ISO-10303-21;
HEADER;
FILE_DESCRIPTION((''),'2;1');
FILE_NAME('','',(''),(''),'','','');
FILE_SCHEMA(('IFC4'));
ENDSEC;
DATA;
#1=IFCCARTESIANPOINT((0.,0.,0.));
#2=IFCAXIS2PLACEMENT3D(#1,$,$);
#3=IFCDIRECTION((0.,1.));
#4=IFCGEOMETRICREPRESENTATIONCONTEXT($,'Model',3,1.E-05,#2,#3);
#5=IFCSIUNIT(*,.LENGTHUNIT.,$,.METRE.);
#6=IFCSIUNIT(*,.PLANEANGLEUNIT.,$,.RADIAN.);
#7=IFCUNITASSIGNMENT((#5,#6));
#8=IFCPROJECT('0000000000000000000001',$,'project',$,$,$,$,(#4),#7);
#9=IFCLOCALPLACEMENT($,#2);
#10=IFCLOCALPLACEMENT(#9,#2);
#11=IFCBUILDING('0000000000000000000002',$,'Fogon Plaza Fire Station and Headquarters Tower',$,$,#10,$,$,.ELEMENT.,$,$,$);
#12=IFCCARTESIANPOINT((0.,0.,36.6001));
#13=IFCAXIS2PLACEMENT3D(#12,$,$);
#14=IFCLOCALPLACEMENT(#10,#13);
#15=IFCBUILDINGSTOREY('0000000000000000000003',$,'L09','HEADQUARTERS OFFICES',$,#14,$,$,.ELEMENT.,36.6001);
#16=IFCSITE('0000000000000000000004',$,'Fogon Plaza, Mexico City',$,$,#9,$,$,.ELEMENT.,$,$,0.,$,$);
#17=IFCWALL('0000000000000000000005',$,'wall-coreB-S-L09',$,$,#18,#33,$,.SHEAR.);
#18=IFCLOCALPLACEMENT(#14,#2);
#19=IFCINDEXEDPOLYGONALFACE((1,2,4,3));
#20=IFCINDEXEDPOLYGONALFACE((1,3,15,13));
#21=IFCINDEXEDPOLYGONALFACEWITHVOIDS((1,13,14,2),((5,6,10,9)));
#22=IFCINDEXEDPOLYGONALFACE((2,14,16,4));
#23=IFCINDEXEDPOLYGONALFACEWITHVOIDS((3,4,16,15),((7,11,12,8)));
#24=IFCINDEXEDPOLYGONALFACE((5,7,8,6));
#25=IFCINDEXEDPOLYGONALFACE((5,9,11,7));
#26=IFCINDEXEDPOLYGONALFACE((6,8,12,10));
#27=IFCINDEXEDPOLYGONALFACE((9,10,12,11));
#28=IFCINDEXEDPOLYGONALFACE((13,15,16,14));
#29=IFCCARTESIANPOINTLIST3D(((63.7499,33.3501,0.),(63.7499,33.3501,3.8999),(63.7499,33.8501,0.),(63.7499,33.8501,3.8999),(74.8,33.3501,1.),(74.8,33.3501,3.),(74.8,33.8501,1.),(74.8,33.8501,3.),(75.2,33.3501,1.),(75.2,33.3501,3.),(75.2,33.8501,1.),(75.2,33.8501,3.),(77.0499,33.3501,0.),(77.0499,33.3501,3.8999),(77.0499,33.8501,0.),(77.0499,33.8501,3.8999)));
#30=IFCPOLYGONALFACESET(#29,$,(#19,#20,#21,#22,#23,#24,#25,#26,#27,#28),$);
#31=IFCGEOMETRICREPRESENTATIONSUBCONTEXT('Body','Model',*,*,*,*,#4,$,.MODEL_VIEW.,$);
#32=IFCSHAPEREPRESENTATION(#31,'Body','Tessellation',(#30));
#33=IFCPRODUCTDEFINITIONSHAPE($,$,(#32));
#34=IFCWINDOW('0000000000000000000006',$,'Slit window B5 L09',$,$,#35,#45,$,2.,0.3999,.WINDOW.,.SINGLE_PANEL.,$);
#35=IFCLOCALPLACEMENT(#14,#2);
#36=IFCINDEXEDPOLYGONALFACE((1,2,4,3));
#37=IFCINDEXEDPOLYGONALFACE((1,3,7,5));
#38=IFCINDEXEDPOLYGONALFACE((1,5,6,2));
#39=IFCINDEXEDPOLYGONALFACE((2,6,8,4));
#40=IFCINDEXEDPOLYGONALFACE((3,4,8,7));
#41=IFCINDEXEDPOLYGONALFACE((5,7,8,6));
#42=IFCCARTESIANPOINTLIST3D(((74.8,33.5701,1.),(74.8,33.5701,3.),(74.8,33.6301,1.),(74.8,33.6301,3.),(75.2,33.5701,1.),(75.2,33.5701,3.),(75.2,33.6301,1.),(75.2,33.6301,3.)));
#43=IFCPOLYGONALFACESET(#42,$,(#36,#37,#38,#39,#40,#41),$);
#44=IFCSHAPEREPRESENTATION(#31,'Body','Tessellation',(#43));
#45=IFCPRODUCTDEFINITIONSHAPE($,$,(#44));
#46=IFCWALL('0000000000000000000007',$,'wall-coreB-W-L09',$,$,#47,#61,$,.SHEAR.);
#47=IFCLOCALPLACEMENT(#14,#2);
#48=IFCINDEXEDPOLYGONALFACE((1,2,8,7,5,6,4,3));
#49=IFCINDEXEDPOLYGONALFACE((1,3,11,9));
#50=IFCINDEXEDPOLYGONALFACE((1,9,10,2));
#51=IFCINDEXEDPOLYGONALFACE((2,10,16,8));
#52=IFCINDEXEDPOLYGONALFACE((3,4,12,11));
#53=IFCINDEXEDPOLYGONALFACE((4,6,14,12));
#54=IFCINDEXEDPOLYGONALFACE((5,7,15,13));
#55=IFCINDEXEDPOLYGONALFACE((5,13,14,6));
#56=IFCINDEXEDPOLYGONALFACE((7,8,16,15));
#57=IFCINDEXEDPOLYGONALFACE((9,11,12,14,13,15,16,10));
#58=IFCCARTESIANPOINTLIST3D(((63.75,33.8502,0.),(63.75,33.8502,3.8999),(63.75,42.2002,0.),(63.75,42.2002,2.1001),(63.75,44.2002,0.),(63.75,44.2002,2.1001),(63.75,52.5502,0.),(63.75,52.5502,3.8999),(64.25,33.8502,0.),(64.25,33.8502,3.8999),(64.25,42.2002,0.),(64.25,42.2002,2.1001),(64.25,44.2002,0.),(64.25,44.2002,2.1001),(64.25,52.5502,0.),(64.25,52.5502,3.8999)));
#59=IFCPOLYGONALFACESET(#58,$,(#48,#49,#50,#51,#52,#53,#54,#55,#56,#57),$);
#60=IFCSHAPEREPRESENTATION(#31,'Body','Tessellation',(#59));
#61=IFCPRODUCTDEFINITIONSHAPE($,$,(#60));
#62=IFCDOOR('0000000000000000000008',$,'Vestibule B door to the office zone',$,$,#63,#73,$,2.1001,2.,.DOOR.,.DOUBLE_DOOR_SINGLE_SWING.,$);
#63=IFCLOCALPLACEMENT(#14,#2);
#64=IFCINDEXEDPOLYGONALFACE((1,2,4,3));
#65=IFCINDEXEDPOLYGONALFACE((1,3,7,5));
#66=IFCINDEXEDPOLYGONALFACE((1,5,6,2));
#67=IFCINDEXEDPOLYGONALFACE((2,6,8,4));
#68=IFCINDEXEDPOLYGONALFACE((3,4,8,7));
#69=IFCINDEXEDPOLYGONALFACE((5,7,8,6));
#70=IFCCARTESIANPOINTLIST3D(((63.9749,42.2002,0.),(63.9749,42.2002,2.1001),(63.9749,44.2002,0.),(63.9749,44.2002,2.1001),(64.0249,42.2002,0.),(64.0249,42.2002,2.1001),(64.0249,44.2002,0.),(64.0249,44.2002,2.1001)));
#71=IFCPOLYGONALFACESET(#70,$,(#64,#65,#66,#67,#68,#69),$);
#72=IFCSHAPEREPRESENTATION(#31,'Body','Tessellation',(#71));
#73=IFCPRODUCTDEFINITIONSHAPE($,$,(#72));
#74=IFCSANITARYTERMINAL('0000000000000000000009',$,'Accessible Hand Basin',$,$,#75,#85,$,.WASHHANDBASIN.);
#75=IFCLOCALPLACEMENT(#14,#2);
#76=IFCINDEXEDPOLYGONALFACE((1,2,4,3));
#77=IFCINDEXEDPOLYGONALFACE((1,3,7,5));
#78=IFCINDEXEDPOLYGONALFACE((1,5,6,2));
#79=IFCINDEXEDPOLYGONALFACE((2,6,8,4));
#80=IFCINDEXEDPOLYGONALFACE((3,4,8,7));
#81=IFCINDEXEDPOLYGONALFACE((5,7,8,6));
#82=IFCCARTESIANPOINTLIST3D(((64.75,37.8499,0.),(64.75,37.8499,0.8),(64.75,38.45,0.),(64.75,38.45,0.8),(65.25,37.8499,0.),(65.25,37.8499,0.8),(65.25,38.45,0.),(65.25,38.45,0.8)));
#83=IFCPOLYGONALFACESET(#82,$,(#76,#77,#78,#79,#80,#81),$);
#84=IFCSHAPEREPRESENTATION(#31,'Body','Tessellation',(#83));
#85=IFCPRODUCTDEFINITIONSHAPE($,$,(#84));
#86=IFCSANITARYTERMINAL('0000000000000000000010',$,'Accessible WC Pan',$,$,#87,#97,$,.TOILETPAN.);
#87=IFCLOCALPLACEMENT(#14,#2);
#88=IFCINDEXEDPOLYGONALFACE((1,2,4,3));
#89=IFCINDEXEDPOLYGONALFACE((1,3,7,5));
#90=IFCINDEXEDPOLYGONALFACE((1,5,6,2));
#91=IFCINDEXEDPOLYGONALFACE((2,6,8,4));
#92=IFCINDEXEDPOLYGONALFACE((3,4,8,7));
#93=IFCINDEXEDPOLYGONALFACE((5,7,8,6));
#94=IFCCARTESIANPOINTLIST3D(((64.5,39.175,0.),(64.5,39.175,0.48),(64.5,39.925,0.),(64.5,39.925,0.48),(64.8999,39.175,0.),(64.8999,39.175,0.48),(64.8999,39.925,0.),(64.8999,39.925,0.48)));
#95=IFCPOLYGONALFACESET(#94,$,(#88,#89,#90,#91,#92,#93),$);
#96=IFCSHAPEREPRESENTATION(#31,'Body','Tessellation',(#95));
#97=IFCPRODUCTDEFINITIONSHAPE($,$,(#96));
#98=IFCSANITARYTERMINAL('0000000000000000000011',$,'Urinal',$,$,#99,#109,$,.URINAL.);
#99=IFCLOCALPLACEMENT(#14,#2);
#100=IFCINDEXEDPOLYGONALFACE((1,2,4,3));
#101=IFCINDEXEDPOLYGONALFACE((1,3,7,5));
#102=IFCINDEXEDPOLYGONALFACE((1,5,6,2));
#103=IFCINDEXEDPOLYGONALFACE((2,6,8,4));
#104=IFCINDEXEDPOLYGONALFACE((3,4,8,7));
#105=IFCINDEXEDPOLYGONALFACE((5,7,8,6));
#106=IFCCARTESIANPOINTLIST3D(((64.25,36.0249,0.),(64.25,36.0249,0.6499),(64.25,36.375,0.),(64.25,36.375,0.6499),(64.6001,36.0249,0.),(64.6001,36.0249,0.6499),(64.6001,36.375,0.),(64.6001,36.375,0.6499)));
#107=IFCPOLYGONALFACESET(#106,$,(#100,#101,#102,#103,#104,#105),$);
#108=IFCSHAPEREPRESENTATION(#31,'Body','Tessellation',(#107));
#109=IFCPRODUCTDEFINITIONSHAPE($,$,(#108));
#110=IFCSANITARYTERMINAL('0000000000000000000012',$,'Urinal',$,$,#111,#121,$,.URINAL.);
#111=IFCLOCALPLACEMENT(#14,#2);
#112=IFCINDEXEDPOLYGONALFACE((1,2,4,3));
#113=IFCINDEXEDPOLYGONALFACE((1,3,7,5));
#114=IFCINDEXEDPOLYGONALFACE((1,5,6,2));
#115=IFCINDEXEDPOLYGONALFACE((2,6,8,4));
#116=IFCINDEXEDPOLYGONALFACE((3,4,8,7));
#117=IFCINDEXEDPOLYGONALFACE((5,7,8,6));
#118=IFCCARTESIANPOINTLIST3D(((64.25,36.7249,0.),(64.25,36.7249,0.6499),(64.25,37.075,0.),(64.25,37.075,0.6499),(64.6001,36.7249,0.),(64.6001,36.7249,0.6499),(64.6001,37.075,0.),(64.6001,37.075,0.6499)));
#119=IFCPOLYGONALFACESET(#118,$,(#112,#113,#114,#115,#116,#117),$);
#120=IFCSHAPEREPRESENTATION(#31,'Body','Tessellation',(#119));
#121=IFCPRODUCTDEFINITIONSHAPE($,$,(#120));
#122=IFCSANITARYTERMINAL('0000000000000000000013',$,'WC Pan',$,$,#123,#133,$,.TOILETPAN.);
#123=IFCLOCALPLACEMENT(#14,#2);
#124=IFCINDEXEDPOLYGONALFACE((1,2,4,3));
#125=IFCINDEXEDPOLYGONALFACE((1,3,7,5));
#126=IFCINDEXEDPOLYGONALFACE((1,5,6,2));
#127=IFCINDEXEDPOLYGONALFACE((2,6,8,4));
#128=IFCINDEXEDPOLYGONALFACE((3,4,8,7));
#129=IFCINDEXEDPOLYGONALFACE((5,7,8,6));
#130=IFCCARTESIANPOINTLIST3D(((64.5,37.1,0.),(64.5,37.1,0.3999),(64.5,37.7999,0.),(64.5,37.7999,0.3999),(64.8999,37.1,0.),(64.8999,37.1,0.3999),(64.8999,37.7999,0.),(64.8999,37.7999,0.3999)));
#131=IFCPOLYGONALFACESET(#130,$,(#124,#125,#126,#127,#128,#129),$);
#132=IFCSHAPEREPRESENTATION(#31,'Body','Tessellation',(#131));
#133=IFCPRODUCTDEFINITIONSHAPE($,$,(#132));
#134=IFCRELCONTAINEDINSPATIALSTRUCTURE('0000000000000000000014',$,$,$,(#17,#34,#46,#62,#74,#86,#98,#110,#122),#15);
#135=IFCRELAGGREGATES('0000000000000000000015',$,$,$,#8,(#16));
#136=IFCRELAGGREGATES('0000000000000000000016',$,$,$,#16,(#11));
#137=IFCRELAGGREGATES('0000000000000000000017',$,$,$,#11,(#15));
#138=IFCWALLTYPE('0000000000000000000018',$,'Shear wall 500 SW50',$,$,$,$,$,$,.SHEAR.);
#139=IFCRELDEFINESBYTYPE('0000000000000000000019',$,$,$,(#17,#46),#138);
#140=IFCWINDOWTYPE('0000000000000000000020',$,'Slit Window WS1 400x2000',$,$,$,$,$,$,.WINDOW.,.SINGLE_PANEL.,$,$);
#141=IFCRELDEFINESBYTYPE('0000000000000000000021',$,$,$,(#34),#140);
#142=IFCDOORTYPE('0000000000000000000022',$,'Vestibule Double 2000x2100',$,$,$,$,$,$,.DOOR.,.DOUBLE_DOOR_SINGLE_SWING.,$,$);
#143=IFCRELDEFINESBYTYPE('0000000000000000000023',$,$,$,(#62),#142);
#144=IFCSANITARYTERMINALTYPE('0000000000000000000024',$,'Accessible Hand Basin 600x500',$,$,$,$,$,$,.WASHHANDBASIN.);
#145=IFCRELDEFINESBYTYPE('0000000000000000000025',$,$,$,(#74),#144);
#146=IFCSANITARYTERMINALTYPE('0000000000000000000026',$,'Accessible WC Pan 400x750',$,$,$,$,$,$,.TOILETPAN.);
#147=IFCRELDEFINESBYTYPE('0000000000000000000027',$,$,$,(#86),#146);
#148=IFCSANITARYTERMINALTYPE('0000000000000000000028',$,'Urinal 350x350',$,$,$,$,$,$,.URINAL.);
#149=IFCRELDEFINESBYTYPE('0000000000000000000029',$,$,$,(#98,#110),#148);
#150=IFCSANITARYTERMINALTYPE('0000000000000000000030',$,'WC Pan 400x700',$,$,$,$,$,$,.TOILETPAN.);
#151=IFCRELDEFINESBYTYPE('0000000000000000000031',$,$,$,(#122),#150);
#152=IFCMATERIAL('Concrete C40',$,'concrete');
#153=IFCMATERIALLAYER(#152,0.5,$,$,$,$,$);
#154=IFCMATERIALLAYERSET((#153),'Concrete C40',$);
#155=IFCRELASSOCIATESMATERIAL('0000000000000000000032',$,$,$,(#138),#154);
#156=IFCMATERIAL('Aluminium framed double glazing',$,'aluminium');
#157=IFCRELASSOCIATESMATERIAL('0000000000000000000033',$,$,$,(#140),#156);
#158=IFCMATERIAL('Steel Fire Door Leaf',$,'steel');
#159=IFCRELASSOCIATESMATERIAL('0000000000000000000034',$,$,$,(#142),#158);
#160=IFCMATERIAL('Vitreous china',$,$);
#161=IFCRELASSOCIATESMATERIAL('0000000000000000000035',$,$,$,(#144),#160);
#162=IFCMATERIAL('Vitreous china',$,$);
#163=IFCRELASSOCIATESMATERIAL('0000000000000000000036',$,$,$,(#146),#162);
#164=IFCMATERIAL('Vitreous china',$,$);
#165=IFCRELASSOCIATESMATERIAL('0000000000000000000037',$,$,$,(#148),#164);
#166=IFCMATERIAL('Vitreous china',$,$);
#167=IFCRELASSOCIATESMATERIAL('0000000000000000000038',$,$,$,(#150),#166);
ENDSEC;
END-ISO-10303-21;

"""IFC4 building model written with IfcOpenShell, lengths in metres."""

from ifc_helpers import new_model, si_unit, direction, frame, frame_2d, origin, origin_2d, place, context, subcontext, project, spatial, rectangle, extrude, material, layer, layer_set, type_object, element, fill, save


model = new_model("IFC4")

# Units and contexts
model_context = context("Model", 3, precision=1e-05, world=origin(), true_north=direction((0.0, 1.0)))
body_context = subcontext(model_context, "Body", "Model", "MODEL_VIEW")
ifc_project = project(units=[si_unit("LENGTHUNIT", "METRE"), si_unit("PLANEANGLEUNIT", "RADIAN")], contexts=[model_context])

# Site, building, storey
site_placement = place(None, origin())
site = spatial("IfcSite", under=ifc_project, at=site_placement, Name="Fogon Plaza, Mexico City", CompositionType="ELEMENT", RefElevation=0.0)
building_placement = place(site_placement, origin())
building = spatial("IfcBuilding", under=site, at=building_placement, Name="Fogon Plaza Fire Station and Headquarters Tower", CompositionType="ELEMENT")
storey_placement = place(building_placement, frame((0.0, 0.0, 36.6001)))
storey = spatial("IfcBuildingStorey", under=building, at=storey_placement, Name="L09", Description="HEADQUARTERS OFFICES", CompositionType="ELEMENT", Elevation=36.6001)

# Wall, opening, window
ifc_material_1 = material(Name="Concrete C40", Category="concrete")
ifc_layer_1 = layer(ifc_material_1, 0.5)
ifc_layer_set_1 = layer_set([ifc_layer_1], Name="Concrete C40")
wall_type_1 = type_object("IfcWallType", Name="Shear wall 500 SW50", PredefinedType="SHEAR", material=ifc_layer_set_1)
wall_1_placement = place(storey_placement, frame((63.75, 33.6001, 0.0), z_axis=(0.0, 0.0, 1.0), x_axis=(1.0, 0.0, 0.0)))
wall_1 = element("IfcWall", 1, at=wall_1_placement, inside=storey, type_object=wall_type_1, Name="wall-coreB-S-L09", PredefinedType="SHEAR", context=body_context, shape_type="SweptSolid", body=[
    extrude(rectangle(XDim=13.3, YDim=0.5, at=frame_2d((6.6499, 0.0))), origin(), (0.0, 0.0, 1.0), 3.8999),
])
opening_1_placement = place(wall_1_placement, frame((11.05, 0.0, 1.0)))
opening_1 = element("IfcOpeningElement", 2, at=opening_1_placement, cuts=wall_1, PredefinedType="OPENING", context=body_context, shape_type="SweptSolid", body=[
    extrude(rectangle(XDim=0.3999, YDim=2.0, at=frame_2d((0.2, 1.0))), frame((0.0, 0.26, 0.0), z_axis=(0.0, -1.0, 0.0), x_axis=(1.0, 0.0, 0.0)), (0.0, 0.0, 1.0), 0.52),
])
ifc_material_2 = material(Name="Aluminium framed double glazing", Category="aluminium")
window_type = type_object("IfcWindowType", Name="Slit Window WS1 400x2000", PartitioningType="SINGLE_PANEL", PredefinedType="WINDOW", material=ifc_material_2)
window_placement = place(opening_1_placement, origin())
window = element("IfcWindow", 3, at=window_placement, inside=storey, type_object=window_type, Name="Slit window B5 L09", OverallHeight=2.0, OverallWidth=0.3999, PartitioningType="SINGLE_PANEL", PredefinedType="WINDOW", context=body_context, shape_type="SweptSolid", body=[
    extrude(rectangle(XDim=0.3999, YDim=2.0, at=frame_2d((0.2, 1.0))), frame((0.0, 0.03, 0.0), z_axis=(0.0, -1.0, 0.0), x_axis=(1.0, 0.0, 0.0)), (0.0, 0.0, 1.0), 0.0601),
])
fill(opening_1, window)

# Wall, opening, door
wall_2_placement = place(storey_placement, frame((64.0, 33.8501, 0.0), z_axis=(0.0, 0.0, 1.0), x_axis=(0.0, 1.0, 0.0)))
wall_2 = element("IfcWall", 4, at=wall_2_placement, inside=storey, type_object=wall_type_1, Name="wall-coreB-W-L09", PredefinedType="SHEAR", context=body_context, shape_type="SweptSolid", body=[
    extrude(rectangle(XDim=18.7, YDim=0.5, at=frame_2d((9.3501, 0.0))), origin(), (0.0, 0.0, 1.0), 3.8999),
])
opening_2_placement = place(wall_2_placement, frame((8.3501, 0.0, 0.0)))
opening_2 = element("IfcOpeningElement", 5, at=opening_2_placement, cuts=wall_2, PredefinedType="OPENING", context=body_context, shape_type="SweptSolid", body=[
    extrude(rectangle(XDim=2.0, YDim=2.1001, at=frame_2d((1.0, 1.05))), frame((0.0, 0.26, 0.0), z_axis=(0.0, -1.0, 0.0), x_axis=(1.0, 0.0, 0.0)), (0.0, 0.0, 1.0), 0.52),
])
ifc_material_3 = material(Name="Steel Fire Door Leaf", Category="steel")
door_type = type_object("IfcDoorType", Name="Vestibule Double 2000x2100", OperationType="DOUBLE_DOOR_SINGLE_SWING", PredefinedType="DOOR", material=ifc_material_3)
door_placement = place(opening_2_placement, frame((2.0, 0.0, 0.0), z_axis=(0.0, 0.0, 1.0), x_axis=(-1.0, 0.0, 0.0)))
door = element("IfcDoor", 6, at=door_placement, inside=storey, type_object=door_type, Name="Vestibule B door to the office zone", OperationType="DOUBLE_DOOR_SINGLE_SWING", OverallHeight=2.1001, OverallWidth=2.0, PredefinedType="DOOR", context=body_context, shape_type="SweptSolid", body=[
    extrude(rectangle(XDim=2.0, YDim=2.1001, at=frame_2d((1.0, 1.05))), frame((0.0, 0.0249, 0.0), z_axis=(0.0, -1.0, 0.0), x_axis=(1.0, 0.0, 0.0)), (0.0, 0.0, 1.0), 0.05),
])
fill(opening_2, door)

# Sanitary terminals
ifc_material_4 = material(Name="Vitreous china")
sanitary_terminal_type_1 = type_object("IfcSanitaryTerminalType", Name="Accessible Hand Basin 600x500", PredefinedType="WASHHANDBASIN", material=ifc_material_4)
sanitary_terminal_1_placement = place(storey_placement, frame((65.0, 38.1499, 0.0), z_axis=(0.0, 0.0, 1.0), x_axis=(1.0, 0.0, 0.0)))
element("IfcSanitaryTerminal", 7, at=sanitary_terminal_1_placement, inside=storey, type_object=sanitary_terminal_type_1, Name="Accessible Hand Basin", PredefinedType="WASHHANDBASIN", context=body_context, shape_type="SweptSolid", body=[
    extrude(rectangle(XDim=0.5, YDim=0.6001, at=origin_2d()), origin(), (0.0, 0.0, 1.0), 0.8),
])
ifc_material_5 = material(Name="Vitreous china")
sanitary_terminal_type_2 = type_object("IfcSanitaryTerminalType", Name="Accessible WC Pan 400x750", PredefinedType="TOILETPAN", material=ifc_material_5)
sanitary_terminal_2_placement = place(storey_placement, frame((64.7, 39.55, 0.0), z_axis=(0.0, 0.0, 1.0), x_axis=(1.0, 0.0, 0.0)))
element("IfcSanitaryTerminal", 8, at=sanitary_terminal_2_placement, inside=storey, type_object=sanitary_terminal_type_2, Name="Accessible WC Pan", PredefinedType="TOILETPAN", context=body_context, shape_type="SweptSolid", body=[
    extrude(rectangle(XDim=0.3999, YDim=0.75, at=origin_2d()), origin(), (0.0, 0.0, 1.0), 0.48),
])
ifc_material_6 = material(Name="Vitreous china")
sanitary_terminal_type_3 = type_object("IfcSanitaryTerminalType", Name="Urinal 350x350", PredefinedType="URINAL", material=ifc_material_6)
for number, where, z_axis, x_axis, name in (
    (9, (64.425, 36.2, 0.0), (0.0, 0.0, 1.0), (1.0, 0.0, 0.0), "Urinal"),
    (10, (64.425, 36.8999, 0.0), (0.0, 0.0, 1.0), (1.0, 0.0, 0.0), "Urinal"),
):
    element("IfcSanitaryTerminal", number, at=place(storey_placement, frame(where, z_axis=z_axis, x_axis=x_axis)), inside=storey, type_object=sanitary_terminal_type_3, Name=name, PredefinedType="URINAL", context=body_context, shape_type="SweptSolid", body=[
        extrude(rectangle(XDim=0.3501, YDim=0.3501, at=origin_2d()), origin(), (0.0, 0.0, 1.0), 0.6499),
    ])
ifc_material_7 = material(Name="Vitreous china")
sanitary_terminal_type_4 = type_object("IfcSanitaryTerminalType", Name="WC Pan 400x700", PredefinedType="TOILETPAN", material=ifc_material_7)
sanitary_terminal_3_placement = place(storey_placement, frame((64.7, 37.45, 0.0), z_axis=(0.0, 0.0, 1.0), x_axis=(1.0, 0.0, 0.0)))
element("IfcSanitaryTerminal", 11, at=sanitary_terminal_3_placement, inside=storey, type_object=sanitary_terminal_type_4, Name="WC Pan", PredefinedType="TOILETPAN", context=body_context, shape_type="SweptSolid", body=[
    extrude(rectangle(XDim=0.3999, YDim=0.7, at=origin_2d()), origin(), (0.0, 0.0, 1.0), 0.3999),
])

save(model, "model.ifc")
